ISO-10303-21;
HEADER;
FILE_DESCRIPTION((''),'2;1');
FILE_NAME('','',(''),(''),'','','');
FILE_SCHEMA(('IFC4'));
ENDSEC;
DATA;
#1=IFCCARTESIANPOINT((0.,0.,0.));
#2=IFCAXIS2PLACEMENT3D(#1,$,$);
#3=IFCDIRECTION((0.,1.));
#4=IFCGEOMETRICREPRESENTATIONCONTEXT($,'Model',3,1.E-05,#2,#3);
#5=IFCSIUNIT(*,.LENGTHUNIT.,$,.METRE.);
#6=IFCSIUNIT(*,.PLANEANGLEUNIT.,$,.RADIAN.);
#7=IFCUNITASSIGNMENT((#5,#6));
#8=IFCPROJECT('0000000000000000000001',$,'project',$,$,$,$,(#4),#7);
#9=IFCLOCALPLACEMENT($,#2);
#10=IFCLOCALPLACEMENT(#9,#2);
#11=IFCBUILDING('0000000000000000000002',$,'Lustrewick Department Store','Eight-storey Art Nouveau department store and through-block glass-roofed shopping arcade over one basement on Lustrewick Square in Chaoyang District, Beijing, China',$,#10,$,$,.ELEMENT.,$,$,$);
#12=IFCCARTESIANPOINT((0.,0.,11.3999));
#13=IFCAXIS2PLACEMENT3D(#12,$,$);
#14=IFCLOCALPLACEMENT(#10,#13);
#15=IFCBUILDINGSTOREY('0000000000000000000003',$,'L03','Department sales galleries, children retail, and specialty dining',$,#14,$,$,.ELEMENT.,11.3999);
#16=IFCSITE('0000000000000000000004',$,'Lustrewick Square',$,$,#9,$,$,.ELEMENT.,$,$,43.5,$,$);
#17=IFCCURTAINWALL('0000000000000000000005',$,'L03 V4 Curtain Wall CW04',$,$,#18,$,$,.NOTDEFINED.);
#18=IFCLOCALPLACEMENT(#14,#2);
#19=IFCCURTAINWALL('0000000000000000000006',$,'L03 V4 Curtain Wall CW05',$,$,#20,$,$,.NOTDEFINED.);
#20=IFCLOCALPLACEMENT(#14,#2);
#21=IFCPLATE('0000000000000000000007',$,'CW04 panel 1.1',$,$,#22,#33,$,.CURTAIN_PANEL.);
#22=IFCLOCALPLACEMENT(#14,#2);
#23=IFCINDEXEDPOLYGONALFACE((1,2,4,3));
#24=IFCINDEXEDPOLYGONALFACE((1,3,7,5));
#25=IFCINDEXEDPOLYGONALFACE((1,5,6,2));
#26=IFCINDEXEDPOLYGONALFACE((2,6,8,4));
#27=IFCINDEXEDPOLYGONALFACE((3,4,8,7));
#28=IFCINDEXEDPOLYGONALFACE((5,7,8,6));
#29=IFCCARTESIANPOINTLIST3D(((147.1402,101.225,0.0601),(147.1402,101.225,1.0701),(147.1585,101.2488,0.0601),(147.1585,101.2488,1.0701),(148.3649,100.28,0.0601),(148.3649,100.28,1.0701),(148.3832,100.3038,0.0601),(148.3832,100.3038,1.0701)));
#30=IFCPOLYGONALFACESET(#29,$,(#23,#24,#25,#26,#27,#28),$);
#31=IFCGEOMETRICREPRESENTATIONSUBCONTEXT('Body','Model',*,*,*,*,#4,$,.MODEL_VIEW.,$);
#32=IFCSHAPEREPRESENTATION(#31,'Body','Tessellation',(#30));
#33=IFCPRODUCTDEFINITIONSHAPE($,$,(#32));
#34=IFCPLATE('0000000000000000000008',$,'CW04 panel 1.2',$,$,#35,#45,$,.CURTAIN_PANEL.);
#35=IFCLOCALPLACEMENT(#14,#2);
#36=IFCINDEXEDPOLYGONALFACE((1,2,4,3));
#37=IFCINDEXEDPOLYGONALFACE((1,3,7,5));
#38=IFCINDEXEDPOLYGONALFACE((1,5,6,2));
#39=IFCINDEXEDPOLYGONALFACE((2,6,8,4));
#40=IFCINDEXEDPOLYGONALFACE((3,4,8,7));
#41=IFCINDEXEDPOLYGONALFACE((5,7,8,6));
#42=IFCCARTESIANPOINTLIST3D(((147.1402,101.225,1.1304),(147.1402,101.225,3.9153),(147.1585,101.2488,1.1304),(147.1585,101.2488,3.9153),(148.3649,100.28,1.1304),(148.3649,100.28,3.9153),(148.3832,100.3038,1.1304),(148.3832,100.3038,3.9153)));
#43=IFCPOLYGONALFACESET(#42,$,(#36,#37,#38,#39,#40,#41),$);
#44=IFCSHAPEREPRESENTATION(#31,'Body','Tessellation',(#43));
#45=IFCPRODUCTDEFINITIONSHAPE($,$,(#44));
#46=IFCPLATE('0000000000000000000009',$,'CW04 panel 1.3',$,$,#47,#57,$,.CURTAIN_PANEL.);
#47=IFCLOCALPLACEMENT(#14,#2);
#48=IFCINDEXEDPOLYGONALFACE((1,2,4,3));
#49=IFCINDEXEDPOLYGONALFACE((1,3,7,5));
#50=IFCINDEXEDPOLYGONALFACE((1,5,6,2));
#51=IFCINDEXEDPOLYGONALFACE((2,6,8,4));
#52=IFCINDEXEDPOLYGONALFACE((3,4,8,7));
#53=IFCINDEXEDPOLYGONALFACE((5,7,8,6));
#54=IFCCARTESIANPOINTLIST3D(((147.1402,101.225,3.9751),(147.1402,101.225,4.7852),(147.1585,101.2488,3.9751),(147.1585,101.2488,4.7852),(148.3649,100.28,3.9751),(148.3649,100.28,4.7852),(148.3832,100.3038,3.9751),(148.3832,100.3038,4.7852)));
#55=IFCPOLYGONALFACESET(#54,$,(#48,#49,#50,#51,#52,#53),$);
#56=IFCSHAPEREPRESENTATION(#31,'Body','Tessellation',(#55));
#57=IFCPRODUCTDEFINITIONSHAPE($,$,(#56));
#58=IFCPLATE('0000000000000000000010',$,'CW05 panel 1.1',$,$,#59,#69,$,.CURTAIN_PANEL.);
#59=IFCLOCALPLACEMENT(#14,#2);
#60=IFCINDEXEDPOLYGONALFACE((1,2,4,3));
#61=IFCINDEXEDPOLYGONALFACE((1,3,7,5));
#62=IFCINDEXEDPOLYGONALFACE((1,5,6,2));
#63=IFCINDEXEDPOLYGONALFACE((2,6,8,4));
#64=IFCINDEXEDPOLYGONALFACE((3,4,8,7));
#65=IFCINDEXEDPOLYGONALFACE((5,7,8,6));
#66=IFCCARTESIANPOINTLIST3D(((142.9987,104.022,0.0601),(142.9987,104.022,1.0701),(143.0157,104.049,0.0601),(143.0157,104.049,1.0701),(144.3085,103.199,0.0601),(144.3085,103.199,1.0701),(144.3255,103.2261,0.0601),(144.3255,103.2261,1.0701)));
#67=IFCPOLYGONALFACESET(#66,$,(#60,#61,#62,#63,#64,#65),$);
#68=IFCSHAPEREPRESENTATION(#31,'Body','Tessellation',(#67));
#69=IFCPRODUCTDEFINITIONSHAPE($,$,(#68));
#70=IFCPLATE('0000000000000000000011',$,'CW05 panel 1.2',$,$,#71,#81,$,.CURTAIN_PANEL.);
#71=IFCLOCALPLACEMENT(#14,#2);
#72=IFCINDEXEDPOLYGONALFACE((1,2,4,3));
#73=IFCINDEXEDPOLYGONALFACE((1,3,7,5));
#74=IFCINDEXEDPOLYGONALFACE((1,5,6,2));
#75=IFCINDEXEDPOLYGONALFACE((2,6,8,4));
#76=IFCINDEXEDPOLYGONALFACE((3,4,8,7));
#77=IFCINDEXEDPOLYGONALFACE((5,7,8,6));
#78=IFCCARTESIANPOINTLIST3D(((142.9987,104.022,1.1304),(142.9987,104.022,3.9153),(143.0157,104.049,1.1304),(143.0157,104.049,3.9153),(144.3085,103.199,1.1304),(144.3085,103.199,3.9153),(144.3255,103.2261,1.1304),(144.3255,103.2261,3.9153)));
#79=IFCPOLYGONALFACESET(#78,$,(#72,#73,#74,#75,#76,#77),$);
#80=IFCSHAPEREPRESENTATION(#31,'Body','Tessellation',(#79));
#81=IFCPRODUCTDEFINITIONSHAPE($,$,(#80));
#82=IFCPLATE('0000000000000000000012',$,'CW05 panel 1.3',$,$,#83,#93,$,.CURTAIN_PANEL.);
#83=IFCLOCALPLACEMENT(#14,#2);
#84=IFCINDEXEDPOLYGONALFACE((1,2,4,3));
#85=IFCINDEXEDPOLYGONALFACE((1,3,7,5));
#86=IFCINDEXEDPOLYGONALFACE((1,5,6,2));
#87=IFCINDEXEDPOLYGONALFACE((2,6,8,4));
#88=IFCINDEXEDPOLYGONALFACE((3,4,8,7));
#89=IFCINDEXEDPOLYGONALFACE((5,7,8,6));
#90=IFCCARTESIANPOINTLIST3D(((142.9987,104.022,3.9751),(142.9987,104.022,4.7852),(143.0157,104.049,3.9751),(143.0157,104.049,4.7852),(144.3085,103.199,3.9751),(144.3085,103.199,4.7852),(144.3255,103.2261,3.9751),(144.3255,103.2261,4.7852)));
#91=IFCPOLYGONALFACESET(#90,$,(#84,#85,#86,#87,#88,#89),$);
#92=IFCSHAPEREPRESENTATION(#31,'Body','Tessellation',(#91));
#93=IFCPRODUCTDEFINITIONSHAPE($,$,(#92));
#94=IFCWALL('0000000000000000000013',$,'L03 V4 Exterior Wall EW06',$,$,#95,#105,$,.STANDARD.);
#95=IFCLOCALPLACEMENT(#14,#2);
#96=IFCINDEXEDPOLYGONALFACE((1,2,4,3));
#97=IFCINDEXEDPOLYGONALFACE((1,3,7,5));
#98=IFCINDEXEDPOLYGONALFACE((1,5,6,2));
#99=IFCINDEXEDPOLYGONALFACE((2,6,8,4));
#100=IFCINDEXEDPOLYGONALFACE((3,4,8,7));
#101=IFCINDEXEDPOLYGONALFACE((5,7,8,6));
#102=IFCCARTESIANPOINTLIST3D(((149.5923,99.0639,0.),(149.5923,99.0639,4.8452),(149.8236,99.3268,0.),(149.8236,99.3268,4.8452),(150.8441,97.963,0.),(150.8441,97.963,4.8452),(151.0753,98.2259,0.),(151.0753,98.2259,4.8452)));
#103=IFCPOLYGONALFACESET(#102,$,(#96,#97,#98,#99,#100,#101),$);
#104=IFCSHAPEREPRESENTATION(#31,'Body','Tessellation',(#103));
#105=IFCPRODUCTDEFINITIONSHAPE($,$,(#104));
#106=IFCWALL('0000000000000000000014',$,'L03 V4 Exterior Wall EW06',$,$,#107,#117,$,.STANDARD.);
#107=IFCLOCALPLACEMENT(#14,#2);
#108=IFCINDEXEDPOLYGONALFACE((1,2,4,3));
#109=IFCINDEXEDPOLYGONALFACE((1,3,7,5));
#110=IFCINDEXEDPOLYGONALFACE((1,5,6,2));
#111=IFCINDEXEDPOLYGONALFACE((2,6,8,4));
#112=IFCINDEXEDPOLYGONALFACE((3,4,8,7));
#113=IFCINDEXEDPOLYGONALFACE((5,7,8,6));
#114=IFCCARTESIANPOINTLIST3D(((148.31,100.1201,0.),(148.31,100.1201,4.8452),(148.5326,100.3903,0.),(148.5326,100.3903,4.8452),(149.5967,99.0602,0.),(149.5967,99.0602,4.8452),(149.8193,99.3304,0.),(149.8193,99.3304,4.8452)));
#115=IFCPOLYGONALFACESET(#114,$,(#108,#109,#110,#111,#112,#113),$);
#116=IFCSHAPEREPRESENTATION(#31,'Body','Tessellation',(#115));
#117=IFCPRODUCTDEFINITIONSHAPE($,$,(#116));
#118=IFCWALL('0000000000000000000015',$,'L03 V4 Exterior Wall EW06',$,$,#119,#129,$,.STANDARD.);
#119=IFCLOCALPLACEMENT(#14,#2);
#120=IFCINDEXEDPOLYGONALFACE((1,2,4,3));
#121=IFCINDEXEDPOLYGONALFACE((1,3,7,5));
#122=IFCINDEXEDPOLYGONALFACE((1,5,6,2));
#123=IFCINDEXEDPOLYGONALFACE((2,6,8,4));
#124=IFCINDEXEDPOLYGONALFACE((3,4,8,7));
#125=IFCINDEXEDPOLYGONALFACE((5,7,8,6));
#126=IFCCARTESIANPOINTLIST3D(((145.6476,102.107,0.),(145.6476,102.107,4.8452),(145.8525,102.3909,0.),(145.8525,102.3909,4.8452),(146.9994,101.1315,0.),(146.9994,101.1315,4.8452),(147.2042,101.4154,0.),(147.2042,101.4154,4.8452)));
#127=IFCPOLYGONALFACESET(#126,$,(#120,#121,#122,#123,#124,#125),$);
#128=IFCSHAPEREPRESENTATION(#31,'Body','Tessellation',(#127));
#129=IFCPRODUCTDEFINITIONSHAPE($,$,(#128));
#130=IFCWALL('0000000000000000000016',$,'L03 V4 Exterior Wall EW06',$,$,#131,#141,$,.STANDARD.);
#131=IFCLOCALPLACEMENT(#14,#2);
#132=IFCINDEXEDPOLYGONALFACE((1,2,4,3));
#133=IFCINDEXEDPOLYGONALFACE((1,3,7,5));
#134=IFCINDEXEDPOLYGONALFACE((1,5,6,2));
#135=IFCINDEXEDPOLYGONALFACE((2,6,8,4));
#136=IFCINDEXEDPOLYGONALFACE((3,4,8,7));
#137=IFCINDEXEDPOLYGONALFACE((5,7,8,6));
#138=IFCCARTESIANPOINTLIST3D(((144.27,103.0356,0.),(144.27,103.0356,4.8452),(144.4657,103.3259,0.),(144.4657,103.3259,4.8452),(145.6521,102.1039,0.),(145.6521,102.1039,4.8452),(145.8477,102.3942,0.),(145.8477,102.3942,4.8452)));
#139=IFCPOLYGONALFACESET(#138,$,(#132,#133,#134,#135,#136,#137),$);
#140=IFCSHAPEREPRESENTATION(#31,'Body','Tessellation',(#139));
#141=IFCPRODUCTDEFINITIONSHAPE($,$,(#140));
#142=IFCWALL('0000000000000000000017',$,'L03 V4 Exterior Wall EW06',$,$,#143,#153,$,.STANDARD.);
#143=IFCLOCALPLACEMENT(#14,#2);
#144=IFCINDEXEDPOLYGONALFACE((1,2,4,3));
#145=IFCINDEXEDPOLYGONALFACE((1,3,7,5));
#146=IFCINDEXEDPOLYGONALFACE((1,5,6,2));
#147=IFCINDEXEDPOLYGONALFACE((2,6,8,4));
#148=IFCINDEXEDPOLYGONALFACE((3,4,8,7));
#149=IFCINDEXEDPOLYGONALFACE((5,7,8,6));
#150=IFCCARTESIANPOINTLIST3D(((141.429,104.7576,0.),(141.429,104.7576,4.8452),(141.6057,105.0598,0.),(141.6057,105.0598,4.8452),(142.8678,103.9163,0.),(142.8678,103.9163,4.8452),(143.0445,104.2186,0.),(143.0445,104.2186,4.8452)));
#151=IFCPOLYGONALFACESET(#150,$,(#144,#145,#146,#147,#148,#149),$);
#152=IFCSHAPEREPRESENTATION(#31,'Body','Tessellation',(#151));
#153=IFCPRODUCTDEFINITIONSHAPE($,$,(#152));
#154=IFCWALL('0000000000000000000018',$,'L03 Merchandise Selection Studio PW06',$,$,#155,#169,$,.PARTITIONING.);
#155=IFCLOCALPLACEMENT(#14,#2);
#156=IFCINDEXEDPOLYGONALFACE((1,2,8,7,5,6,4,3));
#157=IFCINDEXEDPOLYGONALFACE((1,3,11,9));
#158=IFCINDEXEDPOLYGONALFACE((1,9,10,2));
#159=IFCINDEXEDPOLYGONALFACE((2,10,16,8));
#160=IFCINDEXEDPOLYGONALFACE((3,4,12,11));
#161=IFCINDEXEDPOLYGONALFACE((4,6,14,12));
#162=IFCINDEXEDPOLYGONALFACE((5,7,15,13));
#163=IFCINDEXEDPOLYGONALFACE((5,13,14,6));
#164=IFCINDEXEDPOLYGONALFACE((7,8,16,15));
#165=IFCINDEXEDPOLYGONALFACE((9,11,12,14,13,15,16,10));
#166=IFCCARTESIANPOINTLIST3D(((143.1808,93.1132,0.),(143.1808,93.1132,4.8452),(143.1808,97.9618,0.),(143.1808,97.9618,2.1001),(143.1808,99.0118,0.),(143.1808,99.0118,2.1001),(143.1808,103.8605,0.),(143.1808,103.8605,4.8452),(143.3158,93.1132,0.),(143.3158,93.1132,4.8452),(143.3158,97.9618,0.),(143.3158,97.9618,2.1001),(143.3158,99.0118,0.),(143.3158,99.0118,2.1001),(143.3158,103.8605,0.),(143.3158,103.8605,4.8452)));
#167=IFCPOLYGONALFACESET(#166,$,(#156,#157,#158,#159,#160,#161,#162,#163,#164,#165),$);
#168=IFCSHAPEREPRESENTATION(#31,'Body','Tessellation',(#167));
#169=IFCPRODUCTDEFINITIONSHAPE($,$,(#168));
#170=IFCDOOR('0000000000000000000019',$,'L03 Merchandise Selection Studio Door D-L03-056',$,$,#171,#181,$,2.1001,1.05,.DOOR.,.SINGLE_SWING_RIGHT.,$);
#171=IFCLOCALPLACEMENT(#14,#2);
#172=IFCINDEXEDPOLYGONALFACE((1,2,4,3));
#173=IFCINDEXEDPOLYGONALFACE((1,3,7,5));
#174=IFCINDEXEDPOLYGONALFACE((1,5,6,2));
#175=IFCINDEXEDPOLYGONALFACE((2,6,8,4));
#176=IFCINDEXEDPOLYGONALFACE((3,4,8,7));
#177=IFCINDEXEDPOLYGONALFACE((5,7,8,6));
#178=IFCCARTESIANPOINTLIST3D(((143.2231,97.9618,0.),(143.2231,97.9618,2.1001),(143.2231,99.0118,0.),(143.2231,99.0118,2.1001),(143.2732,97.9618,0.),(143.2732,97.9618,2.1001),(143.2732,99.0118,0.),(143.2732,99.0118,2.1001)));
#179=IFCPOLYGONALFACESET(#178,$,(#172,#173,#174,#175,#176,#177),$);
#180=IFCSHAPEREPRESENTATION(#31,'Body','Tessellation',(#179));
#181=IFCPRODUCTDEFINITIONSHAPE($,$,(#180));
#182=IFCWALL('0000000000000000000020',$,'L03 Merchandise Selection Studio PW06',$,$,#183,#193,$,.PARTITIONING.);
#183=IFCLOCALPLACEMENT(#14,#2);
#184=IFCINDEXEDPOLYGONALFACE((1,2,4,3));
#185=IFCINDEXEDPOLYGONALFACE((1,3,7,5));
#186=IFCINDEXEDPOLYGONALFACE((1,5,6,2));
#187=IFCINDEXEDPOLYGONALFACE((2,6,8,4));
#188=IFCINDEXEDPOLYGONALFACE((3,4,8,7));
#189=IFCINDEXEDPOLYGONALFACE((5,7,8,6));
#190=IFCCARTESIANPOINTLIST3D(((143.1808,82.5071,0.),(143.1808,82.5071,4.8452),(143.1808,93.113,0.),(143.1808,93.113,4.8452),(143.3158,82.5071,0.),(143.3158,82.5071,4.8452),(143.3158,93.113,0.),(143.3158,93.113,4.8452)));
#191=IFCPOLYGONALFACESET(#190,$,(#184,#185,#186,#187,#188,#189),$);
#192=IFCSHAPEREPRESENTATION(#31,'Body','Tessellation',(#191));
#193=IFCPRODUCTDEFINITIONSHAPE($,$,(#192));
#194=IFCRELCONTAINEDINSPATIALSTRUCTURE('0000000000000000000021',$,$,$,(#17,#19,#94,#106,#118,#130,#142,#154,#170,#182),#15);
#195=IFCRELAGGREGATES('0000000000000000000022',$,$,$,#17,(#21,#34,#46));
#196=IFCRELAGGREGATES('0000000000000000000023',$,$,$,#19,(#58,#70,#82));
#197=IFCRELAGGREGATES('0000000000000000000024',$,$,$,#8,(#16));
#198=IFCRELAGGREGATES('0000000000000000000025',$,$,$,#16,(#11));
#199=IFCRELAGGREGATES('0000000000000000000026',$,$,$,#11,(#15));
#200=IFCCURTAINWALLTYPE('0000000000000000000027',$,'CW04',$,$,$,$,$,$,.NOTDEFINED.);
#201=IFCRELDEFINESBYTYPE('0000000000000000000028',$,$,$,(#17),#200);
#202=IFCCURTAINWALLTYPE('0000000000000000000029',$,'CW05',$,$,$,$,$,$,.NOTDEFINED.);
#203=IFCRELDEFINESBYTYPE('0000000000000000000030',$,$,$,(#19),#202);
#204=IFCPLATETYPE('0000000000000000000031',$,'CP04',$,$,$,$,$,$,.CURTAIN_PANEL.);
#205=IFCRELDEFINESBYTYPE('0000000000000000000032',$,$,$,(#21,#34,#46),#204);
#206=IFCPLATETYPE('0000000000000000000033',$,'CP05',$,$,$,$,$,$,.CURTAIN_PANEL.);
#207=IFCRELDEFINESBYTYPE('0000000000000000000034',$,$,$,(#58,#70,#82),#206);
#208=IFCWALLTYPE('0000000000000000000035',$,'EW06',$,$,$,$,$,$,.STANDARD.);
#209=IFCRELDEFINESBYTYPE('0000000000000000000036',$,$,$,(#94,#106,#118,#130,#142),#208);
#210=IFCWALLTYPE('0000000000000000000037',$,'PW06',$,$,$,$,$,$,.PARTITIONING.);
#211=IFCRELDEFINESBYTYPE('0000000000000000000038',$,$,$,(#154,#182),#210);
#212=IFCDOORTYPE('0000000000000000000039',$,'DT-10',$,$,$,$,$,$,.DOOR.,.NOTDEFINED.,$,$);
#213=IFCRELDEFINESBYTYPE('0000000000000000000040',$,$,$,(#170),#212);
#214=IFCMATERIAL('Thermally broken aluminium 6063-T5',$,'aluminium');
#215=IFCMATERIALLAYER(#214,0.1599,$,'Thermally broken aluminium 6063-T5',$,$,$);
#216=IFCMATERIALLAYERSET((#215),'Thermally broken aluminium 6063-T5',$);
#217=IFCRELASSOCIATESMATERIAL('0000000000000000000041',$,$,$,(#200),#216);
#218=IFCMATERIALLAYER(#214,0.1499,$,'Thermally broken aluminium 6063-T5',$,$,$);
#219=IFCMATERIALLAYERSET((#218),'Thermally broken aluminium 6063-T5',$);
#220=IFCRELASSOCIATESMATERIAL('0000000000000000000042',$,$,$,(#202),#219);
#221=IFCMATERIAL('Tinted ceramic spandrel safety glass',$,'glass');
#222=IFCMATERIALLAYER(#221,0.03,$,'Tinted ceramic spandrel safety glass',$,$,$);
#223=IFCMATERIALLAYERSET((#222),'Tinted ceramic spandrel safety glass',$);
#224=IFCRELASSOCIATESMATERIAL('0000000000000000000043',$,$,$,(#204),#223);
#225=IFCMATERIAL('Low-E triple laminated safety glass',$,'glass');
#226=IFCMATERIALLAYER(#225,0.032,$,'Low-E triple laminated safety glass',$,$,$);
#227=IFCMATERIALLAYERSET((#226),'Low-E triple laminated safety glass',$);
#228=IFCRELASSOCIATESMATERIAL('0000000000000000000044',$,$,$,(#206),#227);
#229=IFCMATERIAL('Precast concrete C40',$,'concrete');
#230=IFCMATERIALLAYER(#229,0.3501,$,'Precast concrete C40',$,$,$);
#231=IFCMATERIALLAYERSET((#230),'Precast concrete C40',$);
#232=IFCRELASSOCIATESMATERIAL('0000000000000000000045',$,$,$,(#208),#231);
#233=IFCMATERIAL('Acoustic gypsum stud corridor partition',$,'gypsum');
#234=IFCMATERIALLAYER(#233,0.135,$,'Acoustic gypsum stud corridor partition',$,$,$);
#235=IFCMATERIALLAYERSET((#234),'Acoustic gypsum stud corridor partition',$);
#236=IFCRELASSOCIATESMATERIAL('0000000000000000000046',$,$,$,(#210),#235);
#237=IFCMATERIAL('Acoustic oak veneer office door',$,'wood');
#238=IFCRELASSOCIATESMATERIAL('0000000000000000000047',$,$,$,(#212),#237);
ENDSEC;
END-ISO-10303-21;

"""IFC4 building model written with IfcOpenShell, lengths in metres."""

from ifc_helpers import new_model, si_unit, direction, frame, frame_2d, origin, origin_2d, place, context, subcontext, project, spatial, rectangle, extrude, material, layer, layer_set, type_object, element, fill, aggregate, save


model = new_model("IFC4")

# Units and contexts
model_context = context("Model", 3, precision=1e-05, world=origin(), true_north=direction((0.0, 1.0)))
body_context = subcontext(model_context, "Body", "Model", "MODEL_VIEW")
ifc_project = project(units=[si_unit("LENGTHUNIT", "METRE"), si_unit("PLANEANGLEUNIT", "RADIAN")], contexts=[model_context])

# Site, building, storey
site_placement = place(None, origin())
site = spatial("IfcSite", under=ifc_project, at=site_placement, Name="Lustrewick Square", CompositionType="ELEMENT", RefElevation=43.5)
building_placement = place(site_placement, origin())
building = spatial("IfcBuilding", under=site, at=building_placement, Name="Lustrewick Department Store", Description="Eight-storey Art Nouveau department store and through-block glass-roofed shopping arcade over one basement on Lustrewick Square in Chaoyang District, Beijing, China", CompositionType="ELEMENT")
storey_placement = place(building_placement, frame((0.0, 0.0, 11.3999)))
storey = spatial("IfcBuildingStorey", under=building, at=storey_placement, Name="L03", Description="Department sales galleries, children retail, and specialty dining", CompositionType="ELEMENT", Elevation=11.3999)

# Shared definitions
ifc_material_1 = material(Name="Thermally broken aluminium 6063-T5", Category="aluminium")

# Curtain walls
ifc_layer_1 = layer(ifc_material_1, 0.1599, Name="Thermally broken aluminium 6063-T5")
ifc_layer_set_1 = layer_set([ifc_layer_1], Name="Thermally broken aluminium 6063-T5")
curtain_wall_type_1 = type_object("IfcCurtainWallType", Name="CW04", PredefinedType="NOTDEFINED", material=ifc_layer_set_1)
curtain_wall_1_placement = place(storey_placement, origin())
curtain_wall_1 = element("IfcCurtainWall", 1, at=curtain_wall_1_placement, inside=storey, type_object=curtain_wall_type_1, Name="L03 V4 Curtain Wall CW04", PredefinedType="NOTDEFINED")
ifc_layer_2 = layer(ifc_material_1, 0.1499, Name="Thermally broken aluminium 6063-T5")
ifc_layer_set_2 = layer_set([ifc_layer_2], Name="Thermally broken aluminium 6063-T5")
curtain_wall_type_2 = type_object("IfcCurtainWallType", Name="CW05", PredefinedType="NOTDEFINED", material=ifc_layer_set_2)
curtain_wall_2_placement = place(storey_placement, origin())
curtain_wall_2 = element("IfcCurtainWall", 2, at=curtain_wall_2_placement, inside=storey, type_object=curtain_wall_type_2, Name="L03 V4 Curtain Wall CW05", PredefinedType="NOTDEFINED")

# Plates
ifc_material_2 = material(Name="Tinted ceramic spandrel safety glass", Category="glass")
ifc_layer_3 = layer(ifc_material_2, 0.03, Name="Tinted ceramic spandrel safety glass")
ifc_layer_set_3 = layer_set([ifc_layer_3], Name="Tinted ceramic spandrel safety glass")
plate_type_1 = type_object("IfcPlateType", Name="CP04", PredefinedType="CURTAIN_PANEL", material=ifc_layer_set_3)
plate_1_placement = place(storey_placement, frame((147.7617, 100.7644, 0.0601), z_axis=(0.0, 0.0, 1.0), x_axis=(-0.791733, 0.610867, 0.0)))
plate_1 = element("IfcPlate", 3, at=plate_1_placement, type_object=plate_type_1, Name="CW04 panel 1.1", PredefinedType="CURTAIN_PANEL", context=body_context, shape_type="SweptSolid", body=[
    extrude(rectangle(XDim=1.5469, YDim=0.03, at=origin_2d()), origin(), (0.0, 0.0, 1.0), 1.01),
])
plate_2_placement = place(storey_placement, frame((147.7617, 100.7644, 1.1304), z_axis=(0.0, 0.0, 1.0), x_axis=(-0.791733, 0.610867, 0.0)))
plate_2 = element("IfcPlate", 4, at=plate_2_placement, type_object=plate_type_1, Name="CW04 panel 1.2", PredefinedType="CURTAIN_PANEL", context=body_context, shape_type="SweptSolid", body=[
    extrude(rectangle(XDim=1.5469, YDim=0.03, at=origin_2d()), origin(), (0.0, 0.0, 1.0), 2.7849),
])
plate_3_placement = place(storey_placement, frame((147.7617, 100.7644, 3.9751), z_axis=(0.0, 0.0, 1.0), x_axis=(-0.791733, 0.610867, 0.0)))
plate_3 = element("IfcPlate", 5, at=plate_3_placement, type_object=plate_type_1, Name="CW04 panel 1.3", PredefinedType="CURTAIN_PANEL", context=body_context, shape_type="SweptSolid", body=[
    extrude(rectangle(XDim=1.5469, YDim=0.03, at=origin_2d()), origin(), (0.0, 0.0, 1.0), 0.8101),
])
aggregate(curtain_wall_1, [plate_1, plate_2, plate_3])
ifc_material_3 = material(Name="Low-E triple laminated safety glass", Category="glass")
ifc_layer_4 = layer(ifc_material_3, 0.032, Name="Low-E triple laminated safety glass")
ifc_layer_set_4 = layer_set([ifc_layer_4], Name="Low-E triple laminated safety glass")
plate_type_2 = type_object("IfcPlateType", Name="CP05", PredefinedType="CURTAIN_PANEL", material=ifc_layer_set_4)
plate_4_placement = place(storey_placement, frame((143.6621, 103.624, 0.0601), z_axis=(0.0, 0.0, 1.0), x_axis=(-0.846735, 0.532014, 0.0)))
plate_4 = element("IfcPlate", 6, at=plate_4_placement, type_object=plate_type_2, Name="CW05 panel 1.1", PredefinedType="CURTAIN_PANEL", context=body_context, shape_type="SweptSolid", body=[
    extrude(rectangle(XDim=1.5469, YDim=0.032, at=origin_2d()), origin(), (0.0, 0.0, 1.0), 1.01),
])
plate_5_placement = place(storey_placement, frame((143.6621, 103.624, 1.1304), z_axis=(0.0, 0.0, 1.0), x_axis=(-0.846735, 0.532014, 0.0)))
plate_5 = element("IfcPlate", 7, at=plate_5_placement, type_object=plate_type_2, Name="CW05 panel 1.2", PredefinedType="CURTAIN_PANEL", context=body_context, shape_type="SweptSolid", body=[
    extrude(rectangle(XDim=1.5469, YDim=0.032, at=origin_2d()), origin(), (0.0, 0.0, 1.0), 2.7849),
])
plate_6_placement = place(storey_placement, frame((143.6621, 103.624, 3.9751), z_axis=(0.0, 0.0, 1.0), x_axis=(-0.846735, 0.532014, 0.0)))
plate_6 = element("IfcPlate", 8, at=plate_6_placement, type_object=plate_type_2, Name="CW05 panel 1.3", PredefinedType="CURTAIN_PANEL", context=body_context, shape_type="SweptSolid", body=[
    extrude(rectangle(XDim=1.5469, YDim=0.032, at=origin_2d()), origin(), (0.0, 0.0, 1.0), 0.8101),
])
aggregate(curtain_wall_2, [plate_4, plate_5, plate_6])

# Walls
ifc_material_4 = material(Name="Precast concrete C40", Category="concrete")
ifc_layer_5 = layer(ifc_material_4, 0.3501, Name="Precast concrete C40")
ifc_layer_set_5 = layer_set([ifc_layer_5], Name="Precast concrete C40")
wall_type_1 = type_object("IfcWallType", Name="EW06", PredefinedType="STANDARD", material=ifc_layer_set_5)
for number, where, z_axis, x_axis, name in (
    (9, (150.9597, 98.0945, 0.0), (0.0, 0.0, 1.0), (-0.750914, 0.6604, 0.0), "L03 V4 Exterior Wall EW06"),
    (10, (149.708, 99.1953, 0.0), (0.0, 0.0, 1.0), (-0.771858, 0.635795, 0.0), "L03 V4 Exterior Wall EW06"),
    (11, (147.1018, 101.2734, 0.0), (0.0, 0.0, 1.0), (-0.810884, 0.585207, 0.0), "L03 V4 Exterior Wall EW06"),
):
    element("IfcWall", number, at=place(storey_placement, frame(where, z_axis=z_axis, x_axis=x_axis)), inside=storey, type_object=wall_type_1, Name=name, PredefinedType="STANDARD", context=body_context, shape_type="SweptSolid", body=[
        extrude(rectangle(XDim=1.667, YDim=0.3501, at=frame_2d((0.8335, 0.0))), origin(), (0.0, 0.0, 1.0), 4.8452),
    ])
for number, where, z_axis, x_axis, name in (
    (12, (145.75, 102.249, 0.0), (0.0, 0.0, 1.0), (-0.8292, 0.558952, 0.0), "L03 V4 Exterior Wall EW06"),
    (13, (142.9563, 104.0674, 0.0), (0.0, 0.0, 1.0), (-0.863279, 0.504727, 0.0), "L03 V4 Exterior Wall EW06"),
):
    element("IfcWall", number, at=place(storey_placement, frame(where, z_axis=z_axis, x_axis=x_axis)), inside=storey, type_object=wall_type_1, Name=name, PredefinedType="STANDARD", context=body_context, shape_type="SweptSolid", body=[
        extrude(rectangle(XDim=1.6667, YDim=0.3501, at=frame_2d((0.8335, 0.0))), origin(), (0.0, 0.0, 1.0), 4.8452),
    ])

# Wall, opening, door
ifc_material_5 = material(Name="Acoustic gypsum stud corridor partition", Category="gypsum")
ifc_layer_6 = layer(ifc_material_5, 0.135, Name="Acoustic gypsum stud corridor partition")
ifc_layer_set_6 = layer_set([ifc_layer_6], Name="Acoustic gypsum stud corridor partition")
wall_type_2 = type_object("IfcWallType", Name="PW06", PredefinedType="PARTITIONING", material=ifc_layer_set_6)
wall_1_placement = place(storey_placement, frame((143.2483, 103.8604, 0.0), z_axis=(0.0, 0.0, 1.0), x_axis=(0.0, -1.0, 0.0)))
wall_1 = element("IfcWall", 14, at=wall_1_placement, inside=storey, type_object=wall_type_2, Name="L03 Merchandise Selection Studio PW06", PredefinedType="PARTITIONING", context=body_context, shape_type="SweptSolid", body=[
    extrude(rectangle(XDim=10.7473, YDim=0.135, at=frame_2d((5.3735, 0.0))), origin(), (0.0, 0.0, 1.0), 4.8452),
])
opening_placement = place(wall_1_placement, frame((4.8486, 0.0, 0.0)))
opening = element("IfcOpeningElement", 15, at=opening_placement, cuts=wall_1, PredefinedType="OPENING", context=body_context, shape_type="SweptSolid", body=[
    extrude(rectangle(XDim=1.05, YDim=2.1001, at=frame_2d((0.5249, 1.05))), frame((0.0, 0.0776, 0.0), z_axis=(0.0, -1.0, 0.0), x_axis=(1.0, 0.0, 0.0)), (0.0, 0.0, 1.0), 0.155),
])
ifc_material_6 = material(Name="Acoustic oak veneer office door", Category="wood")
door_type = type_object("IfcDoorType", Name="DT-10", OperationType="NOTDEFINED", PredefinedType="DOOR", material=ifc_material_6)
door_placement = place(opening_placement, origin())
door = element("IfcDoor", 16, at=door_placement, inside=storey, type_object=door_type, Name="L03 Merchandise Selection Studio Door D-L03-056", OperationType="SINGLE_SWING_RIGHT", OverallHeight=2.1001, OverallWidth=1.05, PredefinedType="DOOR", context=body_context, shape_type="SweptSolid", body=[
    extrude(rectangle(XDim=1.05, YDim=2.1001, at=frame_2d((0.5249, 1.05))), frame((0.0, 0.0249, 0.0), z_axis=(0.0, -1.0, 0.0), x_axis=(1.0, 0.0, 0.0)), (0.0, 0.0, 1.0), 0.05),
])
fill(opening, door)

# Wall
wall_2_placement = place(storey_placement, frame((143.2483, 93.113, 0.0), z_axis=(0.0, 0.0, 1.0), x_axis=(0.0, -1.0, 0.0)))
element("IfcWall", 17, at=wall_2_placement, inside=storey, type_object=wall_type_2, Name="L03 Merchandise Selection Studio PW06", PredefinedType="PARTITIONING", context=body_context, shape_type="SweptSolid", body=[
    extrude(rectangle(XDim=10.606, YDim=0.135, at=frame_2d((5.303, 0.0))), origin(), (0.0, 0.0, 1.0), 4.8452),
])

save(model, "model.ifc")
